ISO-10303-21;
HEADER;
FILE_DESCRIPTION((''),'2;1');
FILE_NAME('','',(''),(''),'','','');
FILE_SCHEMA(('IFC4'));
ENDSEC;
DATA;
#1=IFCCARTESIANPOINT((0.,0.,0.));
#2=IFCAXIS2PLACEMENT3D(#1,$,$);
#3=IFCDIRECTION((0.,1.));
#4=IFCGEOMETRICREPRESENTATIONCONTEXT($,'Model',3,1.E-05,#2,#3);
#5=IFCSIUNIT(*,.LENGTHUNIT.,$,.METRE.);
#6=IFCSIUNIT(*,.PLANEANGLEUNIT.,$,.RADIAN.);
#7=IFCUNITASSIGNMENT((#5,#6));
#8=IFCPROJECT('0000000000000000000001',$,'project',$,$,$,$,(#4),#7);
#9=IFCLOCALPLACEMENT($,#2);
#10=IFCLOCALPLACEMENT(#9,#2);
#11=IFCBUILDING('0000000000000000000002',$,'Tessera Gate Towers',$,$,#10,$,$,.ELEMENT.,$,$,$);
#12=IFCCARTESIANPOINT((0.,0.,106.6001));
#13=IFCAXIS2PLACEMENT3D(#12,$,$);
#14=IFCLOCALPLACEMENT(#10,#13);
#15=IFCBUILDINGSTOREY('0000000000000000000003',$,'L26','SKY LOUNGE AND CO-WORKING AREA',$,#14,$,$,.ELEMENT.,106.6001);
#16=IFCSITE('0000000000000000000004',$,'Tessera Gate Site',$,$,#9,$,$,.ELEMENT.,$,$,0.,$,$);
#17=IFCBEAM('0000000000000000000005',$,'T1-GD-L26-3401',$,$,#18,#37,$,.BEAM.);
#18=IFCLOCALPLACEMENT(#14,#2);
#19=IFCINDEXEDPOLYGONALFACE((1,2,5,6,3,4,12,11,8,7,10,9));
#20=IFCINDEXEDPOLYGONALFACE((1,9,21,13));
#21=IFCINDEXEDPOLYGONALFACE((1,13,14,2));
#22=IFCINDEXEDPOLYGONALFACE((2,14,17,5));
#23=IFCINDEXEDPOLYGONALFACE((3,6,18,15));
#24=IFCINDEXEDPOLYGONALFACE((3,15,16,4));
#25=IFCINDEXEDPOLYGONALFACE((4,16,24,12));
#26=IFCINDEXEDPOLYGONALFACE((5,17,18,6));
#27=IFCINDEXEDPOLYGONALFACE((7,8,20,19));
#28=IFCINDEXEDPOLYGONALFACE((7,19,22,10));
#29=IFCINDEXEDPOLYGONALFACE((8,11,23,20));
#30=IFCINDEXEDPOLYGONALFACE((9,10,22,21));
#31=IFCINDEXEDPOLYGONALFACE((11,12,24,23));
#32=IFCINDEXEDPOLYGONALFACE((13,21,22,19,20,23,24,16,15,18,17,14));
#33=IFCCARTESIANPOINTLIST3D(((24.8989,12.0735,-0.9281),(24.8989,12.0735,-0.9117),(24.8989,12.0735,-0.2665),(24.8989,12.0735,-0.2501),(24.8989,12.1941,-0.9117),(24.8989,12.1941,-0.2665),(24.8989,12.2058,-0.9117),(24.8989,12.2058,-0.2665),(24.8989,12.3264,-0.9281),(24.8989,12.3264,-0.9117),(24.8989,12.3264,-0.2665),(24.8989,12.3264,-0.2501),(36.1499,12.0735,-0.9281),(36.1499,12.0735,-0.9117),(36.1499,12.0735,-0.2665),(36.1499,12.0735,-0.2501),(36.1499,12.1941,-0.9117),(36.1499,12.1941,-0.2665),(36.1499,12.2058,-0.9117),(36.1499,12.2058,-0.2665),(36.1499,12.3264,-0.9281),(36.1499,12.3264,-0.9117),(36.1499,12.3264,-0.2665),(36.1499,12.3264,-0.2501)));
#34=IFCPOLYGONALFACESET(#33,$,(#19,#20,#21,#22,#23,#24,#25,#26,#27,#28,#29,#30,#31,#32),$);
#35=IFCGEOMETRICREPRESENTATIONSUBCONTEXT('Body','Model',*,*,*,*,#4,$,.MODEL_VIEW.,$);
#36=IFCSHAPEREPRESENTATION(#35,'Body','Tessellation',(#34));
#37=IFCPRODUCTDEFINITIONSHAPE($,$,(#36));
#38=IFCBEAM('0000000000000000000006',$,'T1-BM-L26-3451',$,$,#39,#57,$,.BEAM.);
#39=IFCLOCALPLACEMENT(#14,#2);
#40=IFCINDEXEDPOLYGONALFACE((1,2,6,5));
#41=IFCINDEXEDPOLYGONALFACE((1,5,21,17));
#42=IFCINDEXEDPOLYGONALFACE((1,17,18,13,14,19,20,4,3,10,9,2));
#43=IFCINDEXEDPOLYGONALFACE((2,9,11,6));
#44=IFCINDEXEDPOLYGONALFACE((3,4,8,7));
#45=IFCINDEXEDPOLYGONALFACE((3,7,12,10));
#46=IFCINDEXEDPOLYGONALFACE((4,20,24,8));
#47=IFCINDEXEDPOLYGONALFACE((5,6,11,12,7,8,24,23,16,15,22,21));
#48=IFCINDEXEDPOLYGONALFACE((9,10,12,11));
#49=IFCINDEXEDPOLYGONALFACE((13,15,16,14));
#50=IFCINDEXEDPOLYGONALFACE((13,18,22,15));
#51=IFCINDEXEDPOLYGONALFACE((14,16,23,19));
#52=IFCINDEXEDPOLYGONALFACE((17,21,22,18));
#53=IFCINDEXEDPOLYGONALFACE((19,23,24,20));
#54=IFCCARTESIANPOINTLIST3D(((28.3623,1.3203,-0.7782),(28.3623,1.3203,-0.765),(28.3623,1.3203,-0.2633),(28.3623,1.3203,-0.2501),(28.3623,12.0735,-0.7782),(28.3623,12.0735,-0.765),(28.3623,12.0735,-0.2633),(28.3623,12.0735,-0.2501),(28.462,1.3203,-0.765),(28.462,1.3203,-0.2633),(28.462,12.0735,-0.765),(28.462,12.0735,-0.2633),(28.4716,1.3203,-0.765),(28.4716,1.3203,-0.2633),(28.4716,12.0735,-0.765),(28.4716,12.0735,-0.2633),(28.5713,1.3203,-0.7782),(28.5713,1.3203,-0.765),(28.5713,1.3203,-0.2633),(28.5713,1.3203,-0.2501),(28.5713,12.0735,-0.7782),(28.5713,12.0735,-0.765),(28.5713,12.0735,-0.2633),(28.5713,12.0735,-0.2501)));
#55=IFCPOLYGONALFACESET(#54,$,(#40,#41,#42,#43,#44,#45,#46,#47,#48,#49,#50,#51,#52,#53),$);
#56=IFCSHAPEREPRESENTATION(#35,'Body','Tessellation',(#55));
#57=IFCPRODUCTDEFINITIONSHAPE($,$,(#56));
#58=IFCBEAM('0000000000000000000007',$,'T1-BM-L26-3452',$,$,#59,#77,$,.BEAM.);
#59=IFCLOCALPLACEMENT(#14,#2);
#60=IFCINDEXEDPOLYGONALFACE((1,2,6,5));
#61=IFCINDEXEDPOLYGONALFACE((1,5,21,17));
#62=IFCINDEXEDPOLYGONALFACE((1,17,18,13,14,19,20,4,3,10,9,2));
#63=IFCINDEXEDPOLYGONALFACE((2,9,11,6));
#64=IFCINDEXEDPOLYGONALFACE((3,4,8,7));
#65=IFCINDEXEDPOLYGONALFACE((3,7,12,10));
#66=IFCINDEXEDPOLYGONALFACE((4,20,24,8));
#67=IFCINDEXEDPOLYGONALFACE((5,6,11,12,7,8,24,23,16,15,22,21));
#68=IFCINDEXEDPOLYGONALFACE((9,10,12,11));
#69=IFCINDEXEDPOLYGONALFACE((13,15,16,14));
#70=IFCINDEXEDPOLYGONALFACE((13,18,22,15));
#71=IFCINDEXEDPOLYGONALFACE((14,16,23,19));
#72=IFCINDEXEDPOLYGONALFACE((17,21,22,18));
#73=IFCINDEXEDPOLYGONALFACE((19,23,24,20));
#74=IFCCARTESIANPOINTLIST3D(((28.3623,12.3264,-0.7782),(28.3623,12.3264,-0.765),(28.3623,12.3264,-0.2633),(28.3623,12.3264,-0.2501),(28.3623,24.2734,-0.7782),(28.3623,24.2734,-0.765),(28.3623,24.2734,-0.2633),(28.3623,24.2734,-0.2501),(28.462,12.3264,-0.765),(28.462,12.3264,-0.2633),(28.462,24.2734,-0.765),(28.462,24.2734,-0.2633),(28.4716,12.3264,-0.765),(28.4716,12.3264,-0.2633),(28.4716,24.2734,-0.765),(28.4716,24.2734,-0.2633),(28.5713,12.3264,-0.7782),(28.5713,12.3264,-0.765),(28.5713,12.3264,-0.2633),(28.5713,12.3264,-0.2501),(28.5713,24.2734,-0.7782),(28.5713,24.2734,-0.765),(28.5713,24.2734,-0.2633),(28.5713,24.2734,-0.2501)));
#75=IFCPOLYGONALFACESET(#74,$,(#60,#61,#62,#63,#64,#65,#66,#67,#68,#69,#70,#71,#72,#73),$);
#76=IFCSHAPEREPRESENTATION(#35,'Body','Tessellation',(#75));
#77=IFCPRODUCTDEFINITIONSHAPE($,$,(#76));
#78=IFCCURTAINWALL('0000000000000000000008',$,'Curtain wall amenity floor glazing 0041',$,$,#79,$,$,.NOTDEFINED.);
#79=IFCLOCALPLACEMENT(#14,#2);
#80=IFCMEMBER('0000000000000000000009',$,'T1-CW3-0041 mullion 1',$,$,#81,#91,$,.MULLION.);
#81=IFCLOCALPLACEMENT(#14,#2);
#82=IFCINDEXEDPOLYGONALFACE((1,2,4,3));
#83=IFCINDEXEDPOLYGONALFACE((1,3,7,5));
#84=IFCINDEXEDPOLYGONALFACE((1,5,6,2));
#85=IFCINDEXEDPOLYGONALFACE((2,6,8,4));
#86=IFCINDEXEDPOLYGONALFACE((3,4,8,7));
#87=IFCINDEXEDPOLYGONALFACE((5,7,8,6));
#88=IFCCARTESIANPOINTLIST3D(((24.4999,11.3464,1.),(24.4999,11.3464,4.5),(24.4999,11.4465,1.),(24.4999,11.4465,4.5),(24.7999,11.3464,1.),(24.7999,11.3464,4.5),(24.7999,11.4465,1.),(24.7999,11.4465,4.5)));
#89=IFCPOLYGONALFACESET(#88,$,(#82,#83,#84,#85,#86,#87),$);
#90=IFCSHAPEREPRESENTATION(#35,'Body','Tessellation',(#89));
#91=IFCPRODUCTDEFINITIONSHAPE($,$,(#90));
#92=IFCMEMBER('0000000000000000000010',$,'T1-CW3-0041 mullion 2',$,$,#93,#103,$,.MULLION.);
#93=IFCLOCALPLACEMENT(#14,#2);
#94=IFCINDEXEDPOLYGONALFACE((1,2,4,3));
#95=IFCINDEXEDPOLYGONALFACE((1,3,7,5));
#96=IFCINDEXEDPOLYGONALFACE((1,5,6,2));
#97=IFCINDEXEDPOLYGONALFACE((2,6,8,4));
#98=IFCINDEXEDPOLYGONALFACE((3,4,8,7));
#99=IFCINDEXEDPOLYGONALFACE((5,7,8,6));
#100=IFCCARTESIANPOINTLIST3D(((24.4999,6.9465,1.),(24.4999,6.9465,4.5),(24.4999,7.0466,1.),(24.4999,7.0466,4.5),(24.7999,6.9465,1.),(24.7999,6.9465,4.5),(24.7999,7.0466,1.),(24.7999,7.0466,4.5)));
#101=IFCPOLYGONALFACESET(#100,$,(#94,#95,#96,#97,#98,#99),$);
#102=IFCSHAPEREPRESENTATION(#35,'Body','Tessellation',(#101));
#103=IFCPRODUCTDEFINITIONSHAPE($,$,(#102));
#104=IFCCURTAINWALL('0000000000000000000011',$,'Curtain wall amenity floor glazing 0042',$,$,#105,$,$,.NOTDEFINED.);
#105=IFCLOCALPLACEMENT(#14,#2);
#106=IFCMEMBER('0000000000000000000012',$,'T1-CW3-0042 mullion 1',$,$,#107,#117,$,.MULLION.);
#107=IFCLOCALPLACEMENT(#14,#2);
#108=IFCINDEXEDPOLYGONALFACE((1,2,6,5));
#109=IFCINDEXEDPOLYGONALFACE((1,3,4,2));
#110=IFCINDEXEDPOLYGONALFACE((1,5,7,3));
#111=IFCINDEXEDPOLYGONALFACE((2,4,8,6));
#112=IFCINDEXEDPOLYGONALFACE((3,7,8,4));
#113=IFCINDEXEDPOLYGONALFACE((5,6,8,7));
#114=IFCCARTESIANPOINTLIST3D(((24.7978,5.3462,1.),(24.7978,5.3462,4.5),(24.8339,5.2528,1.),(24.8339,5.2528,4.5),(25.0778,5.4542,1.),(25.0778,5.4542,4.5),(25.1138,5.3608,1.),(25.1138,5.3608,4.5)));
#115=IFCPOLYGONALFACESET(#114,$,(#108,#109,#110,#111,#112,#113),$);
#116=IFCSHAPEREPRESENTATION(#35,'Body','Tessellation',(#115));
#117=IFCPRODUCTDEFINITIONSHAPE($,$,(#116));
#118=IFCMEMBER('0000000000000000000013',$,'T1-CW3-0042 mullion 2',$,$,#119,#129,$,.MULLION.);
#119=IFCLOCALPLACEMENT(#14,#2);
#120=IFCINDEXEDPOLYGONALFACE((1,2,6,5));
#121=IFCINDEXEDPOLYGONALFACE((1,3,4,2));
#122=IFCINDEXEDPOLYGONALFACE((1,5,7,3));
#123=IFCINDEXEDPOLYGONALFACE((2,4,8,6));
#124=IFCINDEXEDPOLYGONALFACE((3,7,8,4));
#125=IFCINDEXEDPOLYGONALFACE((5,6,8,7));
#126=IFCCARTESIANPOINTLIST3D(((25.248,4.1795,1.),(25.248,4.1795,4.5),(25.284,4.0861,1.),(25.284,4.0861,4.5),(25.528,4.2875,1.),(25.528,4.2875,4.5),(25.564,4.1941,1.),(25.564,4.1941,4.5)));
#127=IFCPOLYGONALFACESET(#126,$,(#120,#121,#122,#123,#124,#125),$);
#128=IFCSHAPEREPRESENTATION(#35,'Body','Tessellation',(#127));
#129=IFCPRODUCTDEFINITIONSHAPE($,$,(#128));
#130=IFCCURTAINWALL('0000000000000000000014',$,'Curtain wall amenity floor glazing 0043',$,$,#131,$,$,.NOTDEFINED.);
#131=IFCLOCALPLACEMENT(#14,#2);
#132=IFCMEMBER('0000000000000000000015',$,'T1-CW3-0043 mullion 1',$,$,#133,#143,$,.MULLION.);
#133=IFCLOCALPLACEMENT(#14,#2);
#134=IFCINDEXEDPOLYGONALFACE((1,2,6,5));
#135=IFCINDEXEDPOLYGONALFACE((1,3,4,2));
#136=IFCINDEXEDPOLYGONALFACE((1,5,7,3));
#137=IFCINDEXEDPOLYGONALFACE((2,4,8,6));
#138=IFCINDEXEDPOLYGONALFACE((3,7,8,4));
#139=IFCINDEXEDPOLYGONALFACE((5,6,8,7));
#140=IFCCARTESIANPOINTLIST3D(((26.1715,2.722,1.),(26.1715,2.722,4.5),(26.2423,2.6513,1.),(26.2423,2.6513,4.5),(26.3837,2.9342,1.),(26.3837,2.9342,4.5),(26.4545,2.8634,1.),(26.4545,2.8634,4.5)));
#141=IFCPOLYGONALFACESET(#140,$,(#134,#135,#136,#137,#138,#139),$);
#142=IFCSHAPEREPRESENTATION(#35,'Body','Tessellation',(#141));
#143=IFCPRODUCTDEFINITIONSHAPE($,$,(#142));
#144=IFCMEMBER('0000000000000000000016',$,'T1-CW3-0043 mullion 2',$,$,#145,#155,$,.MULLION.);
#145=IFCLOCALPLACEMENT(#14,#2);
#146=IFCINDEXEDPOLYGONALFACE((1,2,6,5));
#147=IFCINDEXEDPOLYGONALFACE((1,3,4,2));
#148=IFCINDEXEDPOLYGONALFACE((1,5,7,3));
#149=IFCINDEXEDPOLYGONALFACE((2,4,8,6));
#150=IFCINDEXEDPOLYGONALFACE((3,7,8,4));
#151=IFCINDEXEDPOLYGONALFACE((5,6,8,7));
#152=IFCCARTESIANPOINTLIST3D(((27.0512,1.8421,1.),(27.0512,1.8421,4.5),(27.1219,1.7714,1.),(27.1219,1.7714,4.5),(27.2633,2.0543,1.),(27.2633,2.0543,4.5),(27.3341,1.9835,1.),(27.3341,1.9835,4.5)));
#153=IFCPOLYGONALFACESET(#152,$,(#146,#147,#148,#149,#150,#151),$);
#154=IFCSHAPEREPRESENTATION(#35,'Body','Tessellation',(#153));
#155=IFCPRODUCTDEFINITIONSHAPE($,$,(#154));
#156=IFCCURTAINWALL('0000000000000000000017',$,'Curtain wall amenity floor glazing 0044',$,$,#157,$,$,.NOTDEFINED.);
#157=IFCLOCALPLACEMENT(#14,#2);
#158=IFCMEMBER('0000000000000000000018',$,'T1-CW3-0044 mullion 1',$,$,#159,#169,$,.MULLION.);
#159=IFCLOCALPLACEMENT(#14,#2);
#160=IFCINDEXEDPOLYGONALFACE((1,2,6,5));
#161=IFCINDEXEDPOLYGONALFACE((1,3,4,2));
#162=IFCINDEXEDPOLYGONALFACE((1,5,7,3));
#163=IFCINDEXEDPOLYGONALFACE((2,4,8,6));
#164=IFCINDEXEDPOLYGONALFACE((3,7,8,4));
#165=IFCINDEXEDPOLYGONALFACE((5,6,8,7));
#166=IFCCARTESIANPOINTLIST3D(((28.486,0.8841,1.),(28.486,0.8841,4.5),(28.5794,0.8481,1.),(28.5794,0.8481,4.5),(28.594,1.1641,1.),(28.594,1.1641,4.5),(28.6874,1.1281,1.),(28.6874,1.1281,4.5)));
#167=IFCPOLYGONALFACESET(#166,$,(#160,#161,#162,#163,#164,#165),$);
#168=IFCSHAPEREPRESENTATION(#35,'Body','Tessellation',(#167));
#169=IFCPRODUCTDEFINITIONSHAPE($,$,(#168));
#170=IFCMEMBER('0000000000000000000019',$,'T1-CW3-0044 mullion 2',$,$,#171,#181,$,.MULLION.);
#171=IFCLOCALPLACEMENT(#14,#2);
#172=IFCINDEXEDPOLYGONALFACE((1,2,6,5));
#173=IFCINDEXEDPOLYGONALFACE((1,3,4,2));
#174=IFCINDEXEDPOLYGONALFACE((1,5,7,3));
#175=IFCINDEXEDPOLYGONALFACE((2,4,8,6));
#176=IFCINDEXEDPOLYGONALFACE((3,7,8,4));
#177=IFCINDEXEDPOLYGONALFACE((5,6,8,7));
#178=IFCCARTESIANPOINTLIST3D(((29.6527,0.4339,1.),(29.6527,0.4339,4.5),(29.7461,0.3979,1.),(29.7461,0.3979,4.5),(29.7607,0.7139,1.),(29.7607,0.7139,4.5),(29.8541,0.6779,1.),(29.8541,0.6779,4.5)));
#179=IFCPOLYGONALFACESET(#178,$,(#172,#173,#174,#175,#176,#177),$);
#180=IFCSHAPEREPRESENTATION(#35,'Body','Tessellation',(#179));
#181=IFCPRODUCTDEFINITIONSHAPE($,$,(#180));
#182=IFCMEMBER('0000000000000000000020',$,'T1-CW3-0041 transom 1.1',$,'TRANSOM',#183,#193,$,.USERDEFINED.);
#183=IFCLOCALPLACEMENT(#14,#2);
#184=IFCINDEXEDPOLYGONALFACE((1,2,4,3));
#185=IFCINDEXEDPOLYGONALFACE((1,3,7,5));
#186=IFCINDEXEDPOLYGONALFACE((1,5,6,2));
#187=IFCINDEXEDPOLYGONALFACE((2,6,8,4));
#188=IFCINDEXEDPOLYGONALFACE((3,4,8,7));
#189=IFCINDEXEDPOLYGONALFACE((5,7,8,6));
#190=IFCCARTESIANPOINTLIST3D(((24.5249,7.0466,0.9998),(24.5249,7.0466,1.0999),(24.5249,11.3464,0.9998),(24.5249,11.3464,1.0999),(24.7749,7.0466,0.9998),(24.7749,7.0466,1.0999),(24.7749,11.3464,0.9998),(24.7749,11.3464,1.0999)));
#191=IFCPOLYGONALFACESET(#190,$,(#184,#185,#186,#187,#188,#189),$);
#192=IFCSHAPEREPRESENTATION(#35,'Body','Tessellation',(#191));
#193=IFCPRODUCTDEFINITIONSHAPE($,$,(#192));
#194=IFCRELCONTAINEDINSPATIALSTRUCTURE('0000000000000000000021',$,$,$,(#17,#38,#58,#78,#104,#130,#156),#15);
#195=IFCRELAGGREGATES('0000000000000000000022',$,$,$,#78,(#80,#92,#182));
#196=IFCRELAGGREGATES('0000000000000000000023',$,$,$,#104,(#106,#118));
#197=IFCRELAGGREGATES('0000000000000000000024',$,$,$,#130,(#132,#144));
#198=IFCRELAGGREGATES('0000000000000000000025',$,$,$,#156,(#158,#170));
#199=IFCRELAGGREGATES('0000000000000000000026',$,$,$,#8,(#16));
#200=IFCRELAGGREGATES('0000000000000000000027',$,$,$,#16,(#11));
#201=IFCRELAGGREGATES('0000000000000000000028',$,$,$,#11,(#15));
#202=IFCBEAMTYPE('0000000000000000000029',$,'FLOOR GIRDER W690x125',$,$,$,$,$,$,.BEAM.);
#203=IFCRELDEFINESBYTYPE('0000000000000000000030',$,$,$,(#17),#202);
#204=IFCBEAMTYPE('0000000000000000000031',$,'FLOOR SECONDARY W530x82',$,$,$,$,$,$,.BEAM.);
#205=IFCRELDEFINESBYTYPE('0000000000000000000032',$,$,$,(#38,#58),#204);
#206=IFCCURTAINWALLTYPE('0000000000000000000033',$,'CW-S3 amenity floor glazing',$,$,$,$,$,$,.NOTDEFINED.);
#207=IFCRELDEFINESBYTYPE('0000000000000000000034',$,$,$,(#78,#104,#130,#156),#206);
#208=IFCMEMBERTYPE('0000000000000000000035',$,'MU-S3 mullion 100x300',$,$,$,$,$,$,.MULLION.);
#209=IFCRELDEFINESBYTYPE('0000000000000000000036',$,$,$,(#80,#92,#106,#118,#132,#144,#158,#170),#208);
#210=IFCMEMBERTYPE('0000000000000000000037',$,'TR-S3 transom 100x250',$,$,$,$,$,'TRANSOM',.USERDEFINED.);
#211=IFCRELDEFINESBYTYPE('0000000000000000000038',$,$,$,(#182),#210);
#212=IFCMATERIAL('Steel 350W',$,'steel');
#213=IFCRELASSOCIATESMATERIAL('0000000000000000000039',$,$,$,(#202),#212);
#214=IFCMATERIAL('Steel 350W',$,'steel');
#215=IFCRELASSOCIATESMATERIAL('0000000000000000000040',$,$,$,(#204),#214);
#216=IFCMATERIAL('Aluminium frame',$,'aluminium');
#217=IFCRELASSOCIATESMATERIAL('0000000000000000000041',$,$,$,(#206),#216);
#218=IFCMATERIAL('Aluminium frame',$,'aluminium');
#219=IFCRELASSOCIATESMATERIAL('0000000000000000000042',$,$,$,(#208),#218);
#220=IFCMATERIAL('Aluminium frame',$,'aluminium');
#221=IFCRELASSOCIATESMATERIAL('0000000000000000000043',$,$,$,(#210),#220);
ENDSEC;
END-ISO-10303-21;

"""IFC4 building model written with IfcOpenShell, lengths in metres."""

from ifc_helpers import new_model, si_unit, direction, frame, origin, origin_2d, place, context, subcontext, project, spatial, rectangle, i_section, extrude, material, material_profile, profile_set, type_object, element, aggregate, save


model = new_model("IFC4")

# Units and contexts
model_context = context("Model", 3, precision=1e-05, world=origin(), true_north=direction((0.0, 1.0)))
body_context = subcontext(model_context, "Body", "Model", "MODEL_VIEW")
ifc_project = project(units=[si_unit("LENGTHUNIT", "METRE"), si_unit("PLANEANGLEUNIT", "RADIAN")], contexts=[model_context])

# Site, building, storey
site_placement = place(None, origin())
site = spatial("IfcSite", under=ifc_project, at=site_placement, Name="Tessera Gate Site", CompositionType="ELEMENT", RefElevation=0.0)
building_placement = place(site_placement, origin())
building = spatial("IfcBuilding", under=site, at=building_placement, Name="Tessera Gate Towers", CompositionType="ELEMENT")
storey_placement = place(building_placement, frame((0.0, 0.0, 106.6001)))
storey = spatial("IfcBuildingStorey", under=building, at=storey_placement, Name="L26", Description="SKY LOUNGE AND CO-WORKING AREA", CompositionType="ELEMENT", Elevation=106.6001)

# Beams
ifc_material_1 = material(Name="Steel 350W", Category="steel")
ifc_material_profile_1 = material_profile(ifc_material_1, i_section(OverallWidth=0.2529, OverallDepth=0.678, WebThickness=0.0117, FlangeThickness=0.0164, at=origin_2d()), Name="W690x125")
ifc_profile_set_1 = profile_set([ifc_material_profile_1], Name="Steel 350W")
beam_type_1 = type_object("IfcBeamType", Name="FLOOR GIRDER W690x125", PredefinedType="BEAM", material=ifc_profile_set_1)
beam_1_placement = place(storey_placement, frame((24.8989, 12.2, -0.5891), z_axis=(1.0, 0.0, 0.0), x_axis=(0.0, 1.0, 0.0)))
element("IfcBeam", 1, at=beam_1_placement, inside=storey, type_object=beam_type_1, Name="T1-GD-L26-3401", PredefinedType="BEAM", context=body_context, shape_type="SweptSolid", body=[
    extrude(i_section(OverallWidth=0.2529, OverallDepth=0.678, WebThickness=0.0117, FlangeThickness=0.0164, at=origin_2d()), origin(), (0.0, 0.0, 1.0), 11.251),
])
ifc_material_2 = material(Name="Steel 350W", Category="steel")
ifc_material_profile_2 = material_profile(ifc_material_2, i_section(OverallWidth=0.209, OverallDepth=0.5281, WebThickness=0.0095, FlangeThickness=0.0132, at=origin_2d()), Name="W530x82")
ifc_profile_set_2 = profile_set([ifc_material_profile_2], Name="Steel 350W")
beam_type_2 = type_object("IfcBeamType", Name="FLOOR SECONDARY W530x82", PredefinedType="BEAM", material=ifc_profile_set_2)
beam_2_placement = place(storey_placement, frame((28.4668, 1.3203, -0.5142), z_axis=(0.0, 1.0, 0.0), x_axis=(-1.0, 0.0, 0.0)))
element("IfcBeam", 2, at=beam_2_placement, inside=storey, type_object=beam_type_2, Name="T1-BM-L26-3451", PredefinedType="BEAM", context=body_context, shape_type="SweptSolid", body=[
    extrude(i_section(OverallWidth=0.209, OverallDepth=0.5281, WebThickness=0.0095, FlangeThickness=0.0132, at=origin_2d()), origin(), (0.0, 0.0, 1.0), 10.7532),
])
beam_3_placement = place(storey_placement, frame((28.4668, 12.3264, -0.5142), z_axis=(0.0, 1.0, 0.0), x_axis=(-1.0, 0.0, 0.0)))
element("IfcBeam", 3, at=beam_3_placement, inside=storey, type_object=beam_type_2, Name="T1-BM-L26-3452", PredefinedType="BEAM", context=body_context, shape_type="SweptSolid", body=[
    extrude(i_section(OverallWidth=0.209, OverallDepth=0.5281, WebThickness=0.0095, FlangeThickness=0.0132, at=origin_2d()), origin(), (0.0, 0.0, 1.0), 11.947),
])

# Curtain walls, members
ifc_material_3 = material(Name="Aluminium frame", Category="aluminium")
curtain_wall_type = type_object("IfcCurtainWallType", Name="CW-S3 amenity floor glazing", PredefinedType="NOTDEFINED", material=ifc_material_3)
curtain_wall_1_placement = place(storey_placement, origin())
curtain_wall_1 = element("IfcCurtainWall", 4, at=curtain_wall_1_placement, inside=storey, type_object=curtain_wall_type, Name="Curtain wall amenity floor glazing 0041", PredefinedType="NOTDEFINED")
ifc_material_4 = material(Name="Aluminium frame", Category="aluminium")
ifc_material_profile_3 = material_profile(ifc_material_4, rectangle(XDim=0.1001, YDim=0.3, at=origin_2d()), Name="AL 100x300")
ifc_profile_set_3 = profile_set([ifc_material_profile_3], Name="Aluminium frame")
member_type_1 = type_object("IfcMemberType", Name="MU-S3 mullion 100x300", PredefinedType="MULLION", material=ifc_profile_set_3)
member_1_placement = place(storey_placement, frame((24.6499, 11.3965, 1.0), z_axis=(0.0, 0.0, 1.0), x_axis=(0.0, -1.0, 0.0)))
member_1 = element("IfcMember", 5, at=member_1_placement, type_object=member_type_1, Name="T1-CW3-0041 mullion 1", PredefinedType="MULLION", context=body_context, shape_type="SweptSolid", body=[
    extrude(rectangle(XDim=0.1001, YDim=0.3, at=origin_2d()), origin(), (0.0, 0.0, 1.0), 3.5),
])
member_2_placement = place(storey_placement, frame((24.6499, 6.9966, 1.0), z_axis=(0.0, 0.0, 1.0), x_axis=(0.0, -1.0, 0.0)))
member_2 = element("IfcMember", 6, at=member_2_placement, type_object=member_type_1, Name="T1-CW3-0041 mullion 2", PredefinedType="MULLION", context=body_context, shape_type="SweptSolid", body=[
    extrude(rectangle(XDim=0.1001, YDim=0.3, at=origin_2d()), origin(), (0.0, 0.0, 1.0), 3.5),
])
curtain_wall_2_placement = place(storey_placement, origin())
curtain_wall_2 = element("IfcCurtainWall", 7, at=curtain_wall_2_placement, inside=storey, type_object=curtain_wall_type, Name="Curtain wall amenity floor glazing 0042", PredefinedType="NOTDEFINED")
member_3_placement = place(storey_placement, frame((24.9558, 5.3535, 1.0), z_axis=(0.0, 0.0, 1.0), x_axis=(0.359904, -0.932989, 0.0)))
member_3 = element("IfcMember", 8, at=member_3_placement, type_object=member_type_1, Name="T1-CW3-0042 mullion 1", PredefinedType="MULLION", context=body_context, shape_type="SweptSolid", body=[
    extrude(rectangle(XDim=0.1001, YDim=0.3, at=origin_2d()), origin(), (0.0, 0.0, 1.0), 3.5),
])
member_4_placement = place(storey_placement, frame((25.406, 4.1868, 1.0), z_axis=(0.0, 0.0, 1.0), x_axis=(0.359904, -0.932989, 0.0)))
member_4 = element("IfcMember", 9, at=member_4_placement, type_object=member_type_1, Name="T1-CW3-0042 mullion 2", PredefinedType="MULLION", context=body_context, shape_type="SweptSolid", body=[
    extrude(rectangle(XDim=0.1001, YDim=0.3, at=origin_2d()), origin(), (0.0, 0.0, 1.0), 3.5),
])
curtain_wall_3_placement = place(storey_placement, origin())
curtain_wall_3 = element("IfcCurtainWall", 10, at=curtain_wall_3_placement, inside=storey, type_object=curtain_wall_type, Name="Curtain wall amenity floor glazing 0043", PredefinedType="NOTDEFINED")
member_5_placement = place(storey_placement, frame((26.313, 2.7927, 1.0), z_axis=(0.0, 0.0, 1.0), x_axis=(0.707107, -0.707107, 0.0)))
member_5 = element("IfcMember", 11, at=member_5_placement, type_object=member_type_1, Name="T1-CW3-0043 mullion 1", PredefinedType="MULLION", context=body_context, shape_type="SweptSolid", body=[
    extrude(rectangle(XDim=0.1001, YDim=0.3, at=origin_2d()), origin(), (0.0, 0.0, 1.0), 3.5),
])
member_6_placement = place(storey_placement, frame((27.1926, 1.9128, 1.0), z_axis=(0.0, 0.0, 1.0), x_axis=(0.707107, -0.707107, 0.0)))
member_6 = element("IfcMember", 12, at=member_6_placement, type_object=member_type_1, Name="T1-CW3-0043 mullion 2", PredefinedType="MULLION", context=body_context, shape_type="SweptSolid", body=[
    extrude(rectangle(XDim=0.1001, YDim=0.3, at=origin_2d()), origin(), (0.0, 0.0, 1.0), 3.5),
])
curtain_wall_4_placement = place(storey_placement, origin())
curtain_wall_4 = element("IfcCurtainWall", 13, at=curtain_wall_4_placement, inside=storey, type_object=curtain_wall_type, Name="Curtain wall amenity floor glazing 0044", PredefinedType="NOTDEFINED")
member_7_placement = place(storey_placement, frame((28.5867, 1.0061, 1.0), z_axis=(0.0, 0.0, 1.0), x_axis=(0.932989, -0.359904, 0.0)))
member_7 = element("IfcMember", 14, at=member_7_placement, type_object=member_type_1, Name="T1-CW3-0044 mullion 1", PredefinedType="MULLION", context=body_context, shape_type="SweptSolid", body=[
    extrude(rectangle(XDim=0.1001, YDim=0.3, at=origin_2d()), origin(), (0.0, 0.0, 1.0), 3.5),
])
member_8_placement = place(storey_placement, frame((29.7534, 0.5559, 1.0), z_axis=(0.0, 0.0, 1.0), x_axis=(0.932989, -0.359904, 0.0)))
member_8 = element("IfcMember", 15, at=member_8_placement, type_object=member_type_1, Name="T1-CW3-0044 mullion 2", PredefinedType="MULLION", context=body_context, shape_type="SweptSolid", body=[
    extrude(rectangle(XDim=0.1001, YDim=0.3, at=origin_2d()), origin(), (0.0, 0.0, 1.0), 3.5),
])

# Member
ifc_material_5 = material(Name="Aluminium frame", Category="aluminium")
ifc_material_profile_4 = material_profile(ifc_material_5, rectangle(XDim=0.25, YDim=0.1001, at=origin_2d()), Name="AL 100x250")
ifc_profile_set_4 = profile_set([ifc_material_profile_4], Name="Aluminium frame")
member_type_2 = type_object("IfcMemberType", Name="TR-S3 transom 100x250", ElementType="TRANSOM", PredefinedType="USERDEFINED", material=ifc_profile_set_4)
member_9_placement = place(storey_placement, frame((24.6499, 11.3464, 1.0498), z_axis=(0.0, -1.0, 0.0), x_axis=(1.0, 0.0, 0.0)))
member_9 = element("IfcMember", 16, at=member_9_placement, type_object=member_type_2, Name="T1-CW3-0041 transom 1.1", ObjectType="TRANSOM", PredefinedType="USERDEFINED", context=body_context, shape_type="SweptSolid", body=[
    extrude(rectangle(XDim=0.25, YDim=0.1001, at=origin_2d()), origin(), (0.0, 0.0, 1.0), 4.2998),
])

aggregate(curtain_wall_1, [member_1, member_2, member_9])
aggregate(curtain_wall_2, [member_3, member_4])
aggregate(curtain_wall_3, [member_5, member_6])
aggregate(curtain_wall_4, [member_7, member_8])

save(model, "model.ifc")
